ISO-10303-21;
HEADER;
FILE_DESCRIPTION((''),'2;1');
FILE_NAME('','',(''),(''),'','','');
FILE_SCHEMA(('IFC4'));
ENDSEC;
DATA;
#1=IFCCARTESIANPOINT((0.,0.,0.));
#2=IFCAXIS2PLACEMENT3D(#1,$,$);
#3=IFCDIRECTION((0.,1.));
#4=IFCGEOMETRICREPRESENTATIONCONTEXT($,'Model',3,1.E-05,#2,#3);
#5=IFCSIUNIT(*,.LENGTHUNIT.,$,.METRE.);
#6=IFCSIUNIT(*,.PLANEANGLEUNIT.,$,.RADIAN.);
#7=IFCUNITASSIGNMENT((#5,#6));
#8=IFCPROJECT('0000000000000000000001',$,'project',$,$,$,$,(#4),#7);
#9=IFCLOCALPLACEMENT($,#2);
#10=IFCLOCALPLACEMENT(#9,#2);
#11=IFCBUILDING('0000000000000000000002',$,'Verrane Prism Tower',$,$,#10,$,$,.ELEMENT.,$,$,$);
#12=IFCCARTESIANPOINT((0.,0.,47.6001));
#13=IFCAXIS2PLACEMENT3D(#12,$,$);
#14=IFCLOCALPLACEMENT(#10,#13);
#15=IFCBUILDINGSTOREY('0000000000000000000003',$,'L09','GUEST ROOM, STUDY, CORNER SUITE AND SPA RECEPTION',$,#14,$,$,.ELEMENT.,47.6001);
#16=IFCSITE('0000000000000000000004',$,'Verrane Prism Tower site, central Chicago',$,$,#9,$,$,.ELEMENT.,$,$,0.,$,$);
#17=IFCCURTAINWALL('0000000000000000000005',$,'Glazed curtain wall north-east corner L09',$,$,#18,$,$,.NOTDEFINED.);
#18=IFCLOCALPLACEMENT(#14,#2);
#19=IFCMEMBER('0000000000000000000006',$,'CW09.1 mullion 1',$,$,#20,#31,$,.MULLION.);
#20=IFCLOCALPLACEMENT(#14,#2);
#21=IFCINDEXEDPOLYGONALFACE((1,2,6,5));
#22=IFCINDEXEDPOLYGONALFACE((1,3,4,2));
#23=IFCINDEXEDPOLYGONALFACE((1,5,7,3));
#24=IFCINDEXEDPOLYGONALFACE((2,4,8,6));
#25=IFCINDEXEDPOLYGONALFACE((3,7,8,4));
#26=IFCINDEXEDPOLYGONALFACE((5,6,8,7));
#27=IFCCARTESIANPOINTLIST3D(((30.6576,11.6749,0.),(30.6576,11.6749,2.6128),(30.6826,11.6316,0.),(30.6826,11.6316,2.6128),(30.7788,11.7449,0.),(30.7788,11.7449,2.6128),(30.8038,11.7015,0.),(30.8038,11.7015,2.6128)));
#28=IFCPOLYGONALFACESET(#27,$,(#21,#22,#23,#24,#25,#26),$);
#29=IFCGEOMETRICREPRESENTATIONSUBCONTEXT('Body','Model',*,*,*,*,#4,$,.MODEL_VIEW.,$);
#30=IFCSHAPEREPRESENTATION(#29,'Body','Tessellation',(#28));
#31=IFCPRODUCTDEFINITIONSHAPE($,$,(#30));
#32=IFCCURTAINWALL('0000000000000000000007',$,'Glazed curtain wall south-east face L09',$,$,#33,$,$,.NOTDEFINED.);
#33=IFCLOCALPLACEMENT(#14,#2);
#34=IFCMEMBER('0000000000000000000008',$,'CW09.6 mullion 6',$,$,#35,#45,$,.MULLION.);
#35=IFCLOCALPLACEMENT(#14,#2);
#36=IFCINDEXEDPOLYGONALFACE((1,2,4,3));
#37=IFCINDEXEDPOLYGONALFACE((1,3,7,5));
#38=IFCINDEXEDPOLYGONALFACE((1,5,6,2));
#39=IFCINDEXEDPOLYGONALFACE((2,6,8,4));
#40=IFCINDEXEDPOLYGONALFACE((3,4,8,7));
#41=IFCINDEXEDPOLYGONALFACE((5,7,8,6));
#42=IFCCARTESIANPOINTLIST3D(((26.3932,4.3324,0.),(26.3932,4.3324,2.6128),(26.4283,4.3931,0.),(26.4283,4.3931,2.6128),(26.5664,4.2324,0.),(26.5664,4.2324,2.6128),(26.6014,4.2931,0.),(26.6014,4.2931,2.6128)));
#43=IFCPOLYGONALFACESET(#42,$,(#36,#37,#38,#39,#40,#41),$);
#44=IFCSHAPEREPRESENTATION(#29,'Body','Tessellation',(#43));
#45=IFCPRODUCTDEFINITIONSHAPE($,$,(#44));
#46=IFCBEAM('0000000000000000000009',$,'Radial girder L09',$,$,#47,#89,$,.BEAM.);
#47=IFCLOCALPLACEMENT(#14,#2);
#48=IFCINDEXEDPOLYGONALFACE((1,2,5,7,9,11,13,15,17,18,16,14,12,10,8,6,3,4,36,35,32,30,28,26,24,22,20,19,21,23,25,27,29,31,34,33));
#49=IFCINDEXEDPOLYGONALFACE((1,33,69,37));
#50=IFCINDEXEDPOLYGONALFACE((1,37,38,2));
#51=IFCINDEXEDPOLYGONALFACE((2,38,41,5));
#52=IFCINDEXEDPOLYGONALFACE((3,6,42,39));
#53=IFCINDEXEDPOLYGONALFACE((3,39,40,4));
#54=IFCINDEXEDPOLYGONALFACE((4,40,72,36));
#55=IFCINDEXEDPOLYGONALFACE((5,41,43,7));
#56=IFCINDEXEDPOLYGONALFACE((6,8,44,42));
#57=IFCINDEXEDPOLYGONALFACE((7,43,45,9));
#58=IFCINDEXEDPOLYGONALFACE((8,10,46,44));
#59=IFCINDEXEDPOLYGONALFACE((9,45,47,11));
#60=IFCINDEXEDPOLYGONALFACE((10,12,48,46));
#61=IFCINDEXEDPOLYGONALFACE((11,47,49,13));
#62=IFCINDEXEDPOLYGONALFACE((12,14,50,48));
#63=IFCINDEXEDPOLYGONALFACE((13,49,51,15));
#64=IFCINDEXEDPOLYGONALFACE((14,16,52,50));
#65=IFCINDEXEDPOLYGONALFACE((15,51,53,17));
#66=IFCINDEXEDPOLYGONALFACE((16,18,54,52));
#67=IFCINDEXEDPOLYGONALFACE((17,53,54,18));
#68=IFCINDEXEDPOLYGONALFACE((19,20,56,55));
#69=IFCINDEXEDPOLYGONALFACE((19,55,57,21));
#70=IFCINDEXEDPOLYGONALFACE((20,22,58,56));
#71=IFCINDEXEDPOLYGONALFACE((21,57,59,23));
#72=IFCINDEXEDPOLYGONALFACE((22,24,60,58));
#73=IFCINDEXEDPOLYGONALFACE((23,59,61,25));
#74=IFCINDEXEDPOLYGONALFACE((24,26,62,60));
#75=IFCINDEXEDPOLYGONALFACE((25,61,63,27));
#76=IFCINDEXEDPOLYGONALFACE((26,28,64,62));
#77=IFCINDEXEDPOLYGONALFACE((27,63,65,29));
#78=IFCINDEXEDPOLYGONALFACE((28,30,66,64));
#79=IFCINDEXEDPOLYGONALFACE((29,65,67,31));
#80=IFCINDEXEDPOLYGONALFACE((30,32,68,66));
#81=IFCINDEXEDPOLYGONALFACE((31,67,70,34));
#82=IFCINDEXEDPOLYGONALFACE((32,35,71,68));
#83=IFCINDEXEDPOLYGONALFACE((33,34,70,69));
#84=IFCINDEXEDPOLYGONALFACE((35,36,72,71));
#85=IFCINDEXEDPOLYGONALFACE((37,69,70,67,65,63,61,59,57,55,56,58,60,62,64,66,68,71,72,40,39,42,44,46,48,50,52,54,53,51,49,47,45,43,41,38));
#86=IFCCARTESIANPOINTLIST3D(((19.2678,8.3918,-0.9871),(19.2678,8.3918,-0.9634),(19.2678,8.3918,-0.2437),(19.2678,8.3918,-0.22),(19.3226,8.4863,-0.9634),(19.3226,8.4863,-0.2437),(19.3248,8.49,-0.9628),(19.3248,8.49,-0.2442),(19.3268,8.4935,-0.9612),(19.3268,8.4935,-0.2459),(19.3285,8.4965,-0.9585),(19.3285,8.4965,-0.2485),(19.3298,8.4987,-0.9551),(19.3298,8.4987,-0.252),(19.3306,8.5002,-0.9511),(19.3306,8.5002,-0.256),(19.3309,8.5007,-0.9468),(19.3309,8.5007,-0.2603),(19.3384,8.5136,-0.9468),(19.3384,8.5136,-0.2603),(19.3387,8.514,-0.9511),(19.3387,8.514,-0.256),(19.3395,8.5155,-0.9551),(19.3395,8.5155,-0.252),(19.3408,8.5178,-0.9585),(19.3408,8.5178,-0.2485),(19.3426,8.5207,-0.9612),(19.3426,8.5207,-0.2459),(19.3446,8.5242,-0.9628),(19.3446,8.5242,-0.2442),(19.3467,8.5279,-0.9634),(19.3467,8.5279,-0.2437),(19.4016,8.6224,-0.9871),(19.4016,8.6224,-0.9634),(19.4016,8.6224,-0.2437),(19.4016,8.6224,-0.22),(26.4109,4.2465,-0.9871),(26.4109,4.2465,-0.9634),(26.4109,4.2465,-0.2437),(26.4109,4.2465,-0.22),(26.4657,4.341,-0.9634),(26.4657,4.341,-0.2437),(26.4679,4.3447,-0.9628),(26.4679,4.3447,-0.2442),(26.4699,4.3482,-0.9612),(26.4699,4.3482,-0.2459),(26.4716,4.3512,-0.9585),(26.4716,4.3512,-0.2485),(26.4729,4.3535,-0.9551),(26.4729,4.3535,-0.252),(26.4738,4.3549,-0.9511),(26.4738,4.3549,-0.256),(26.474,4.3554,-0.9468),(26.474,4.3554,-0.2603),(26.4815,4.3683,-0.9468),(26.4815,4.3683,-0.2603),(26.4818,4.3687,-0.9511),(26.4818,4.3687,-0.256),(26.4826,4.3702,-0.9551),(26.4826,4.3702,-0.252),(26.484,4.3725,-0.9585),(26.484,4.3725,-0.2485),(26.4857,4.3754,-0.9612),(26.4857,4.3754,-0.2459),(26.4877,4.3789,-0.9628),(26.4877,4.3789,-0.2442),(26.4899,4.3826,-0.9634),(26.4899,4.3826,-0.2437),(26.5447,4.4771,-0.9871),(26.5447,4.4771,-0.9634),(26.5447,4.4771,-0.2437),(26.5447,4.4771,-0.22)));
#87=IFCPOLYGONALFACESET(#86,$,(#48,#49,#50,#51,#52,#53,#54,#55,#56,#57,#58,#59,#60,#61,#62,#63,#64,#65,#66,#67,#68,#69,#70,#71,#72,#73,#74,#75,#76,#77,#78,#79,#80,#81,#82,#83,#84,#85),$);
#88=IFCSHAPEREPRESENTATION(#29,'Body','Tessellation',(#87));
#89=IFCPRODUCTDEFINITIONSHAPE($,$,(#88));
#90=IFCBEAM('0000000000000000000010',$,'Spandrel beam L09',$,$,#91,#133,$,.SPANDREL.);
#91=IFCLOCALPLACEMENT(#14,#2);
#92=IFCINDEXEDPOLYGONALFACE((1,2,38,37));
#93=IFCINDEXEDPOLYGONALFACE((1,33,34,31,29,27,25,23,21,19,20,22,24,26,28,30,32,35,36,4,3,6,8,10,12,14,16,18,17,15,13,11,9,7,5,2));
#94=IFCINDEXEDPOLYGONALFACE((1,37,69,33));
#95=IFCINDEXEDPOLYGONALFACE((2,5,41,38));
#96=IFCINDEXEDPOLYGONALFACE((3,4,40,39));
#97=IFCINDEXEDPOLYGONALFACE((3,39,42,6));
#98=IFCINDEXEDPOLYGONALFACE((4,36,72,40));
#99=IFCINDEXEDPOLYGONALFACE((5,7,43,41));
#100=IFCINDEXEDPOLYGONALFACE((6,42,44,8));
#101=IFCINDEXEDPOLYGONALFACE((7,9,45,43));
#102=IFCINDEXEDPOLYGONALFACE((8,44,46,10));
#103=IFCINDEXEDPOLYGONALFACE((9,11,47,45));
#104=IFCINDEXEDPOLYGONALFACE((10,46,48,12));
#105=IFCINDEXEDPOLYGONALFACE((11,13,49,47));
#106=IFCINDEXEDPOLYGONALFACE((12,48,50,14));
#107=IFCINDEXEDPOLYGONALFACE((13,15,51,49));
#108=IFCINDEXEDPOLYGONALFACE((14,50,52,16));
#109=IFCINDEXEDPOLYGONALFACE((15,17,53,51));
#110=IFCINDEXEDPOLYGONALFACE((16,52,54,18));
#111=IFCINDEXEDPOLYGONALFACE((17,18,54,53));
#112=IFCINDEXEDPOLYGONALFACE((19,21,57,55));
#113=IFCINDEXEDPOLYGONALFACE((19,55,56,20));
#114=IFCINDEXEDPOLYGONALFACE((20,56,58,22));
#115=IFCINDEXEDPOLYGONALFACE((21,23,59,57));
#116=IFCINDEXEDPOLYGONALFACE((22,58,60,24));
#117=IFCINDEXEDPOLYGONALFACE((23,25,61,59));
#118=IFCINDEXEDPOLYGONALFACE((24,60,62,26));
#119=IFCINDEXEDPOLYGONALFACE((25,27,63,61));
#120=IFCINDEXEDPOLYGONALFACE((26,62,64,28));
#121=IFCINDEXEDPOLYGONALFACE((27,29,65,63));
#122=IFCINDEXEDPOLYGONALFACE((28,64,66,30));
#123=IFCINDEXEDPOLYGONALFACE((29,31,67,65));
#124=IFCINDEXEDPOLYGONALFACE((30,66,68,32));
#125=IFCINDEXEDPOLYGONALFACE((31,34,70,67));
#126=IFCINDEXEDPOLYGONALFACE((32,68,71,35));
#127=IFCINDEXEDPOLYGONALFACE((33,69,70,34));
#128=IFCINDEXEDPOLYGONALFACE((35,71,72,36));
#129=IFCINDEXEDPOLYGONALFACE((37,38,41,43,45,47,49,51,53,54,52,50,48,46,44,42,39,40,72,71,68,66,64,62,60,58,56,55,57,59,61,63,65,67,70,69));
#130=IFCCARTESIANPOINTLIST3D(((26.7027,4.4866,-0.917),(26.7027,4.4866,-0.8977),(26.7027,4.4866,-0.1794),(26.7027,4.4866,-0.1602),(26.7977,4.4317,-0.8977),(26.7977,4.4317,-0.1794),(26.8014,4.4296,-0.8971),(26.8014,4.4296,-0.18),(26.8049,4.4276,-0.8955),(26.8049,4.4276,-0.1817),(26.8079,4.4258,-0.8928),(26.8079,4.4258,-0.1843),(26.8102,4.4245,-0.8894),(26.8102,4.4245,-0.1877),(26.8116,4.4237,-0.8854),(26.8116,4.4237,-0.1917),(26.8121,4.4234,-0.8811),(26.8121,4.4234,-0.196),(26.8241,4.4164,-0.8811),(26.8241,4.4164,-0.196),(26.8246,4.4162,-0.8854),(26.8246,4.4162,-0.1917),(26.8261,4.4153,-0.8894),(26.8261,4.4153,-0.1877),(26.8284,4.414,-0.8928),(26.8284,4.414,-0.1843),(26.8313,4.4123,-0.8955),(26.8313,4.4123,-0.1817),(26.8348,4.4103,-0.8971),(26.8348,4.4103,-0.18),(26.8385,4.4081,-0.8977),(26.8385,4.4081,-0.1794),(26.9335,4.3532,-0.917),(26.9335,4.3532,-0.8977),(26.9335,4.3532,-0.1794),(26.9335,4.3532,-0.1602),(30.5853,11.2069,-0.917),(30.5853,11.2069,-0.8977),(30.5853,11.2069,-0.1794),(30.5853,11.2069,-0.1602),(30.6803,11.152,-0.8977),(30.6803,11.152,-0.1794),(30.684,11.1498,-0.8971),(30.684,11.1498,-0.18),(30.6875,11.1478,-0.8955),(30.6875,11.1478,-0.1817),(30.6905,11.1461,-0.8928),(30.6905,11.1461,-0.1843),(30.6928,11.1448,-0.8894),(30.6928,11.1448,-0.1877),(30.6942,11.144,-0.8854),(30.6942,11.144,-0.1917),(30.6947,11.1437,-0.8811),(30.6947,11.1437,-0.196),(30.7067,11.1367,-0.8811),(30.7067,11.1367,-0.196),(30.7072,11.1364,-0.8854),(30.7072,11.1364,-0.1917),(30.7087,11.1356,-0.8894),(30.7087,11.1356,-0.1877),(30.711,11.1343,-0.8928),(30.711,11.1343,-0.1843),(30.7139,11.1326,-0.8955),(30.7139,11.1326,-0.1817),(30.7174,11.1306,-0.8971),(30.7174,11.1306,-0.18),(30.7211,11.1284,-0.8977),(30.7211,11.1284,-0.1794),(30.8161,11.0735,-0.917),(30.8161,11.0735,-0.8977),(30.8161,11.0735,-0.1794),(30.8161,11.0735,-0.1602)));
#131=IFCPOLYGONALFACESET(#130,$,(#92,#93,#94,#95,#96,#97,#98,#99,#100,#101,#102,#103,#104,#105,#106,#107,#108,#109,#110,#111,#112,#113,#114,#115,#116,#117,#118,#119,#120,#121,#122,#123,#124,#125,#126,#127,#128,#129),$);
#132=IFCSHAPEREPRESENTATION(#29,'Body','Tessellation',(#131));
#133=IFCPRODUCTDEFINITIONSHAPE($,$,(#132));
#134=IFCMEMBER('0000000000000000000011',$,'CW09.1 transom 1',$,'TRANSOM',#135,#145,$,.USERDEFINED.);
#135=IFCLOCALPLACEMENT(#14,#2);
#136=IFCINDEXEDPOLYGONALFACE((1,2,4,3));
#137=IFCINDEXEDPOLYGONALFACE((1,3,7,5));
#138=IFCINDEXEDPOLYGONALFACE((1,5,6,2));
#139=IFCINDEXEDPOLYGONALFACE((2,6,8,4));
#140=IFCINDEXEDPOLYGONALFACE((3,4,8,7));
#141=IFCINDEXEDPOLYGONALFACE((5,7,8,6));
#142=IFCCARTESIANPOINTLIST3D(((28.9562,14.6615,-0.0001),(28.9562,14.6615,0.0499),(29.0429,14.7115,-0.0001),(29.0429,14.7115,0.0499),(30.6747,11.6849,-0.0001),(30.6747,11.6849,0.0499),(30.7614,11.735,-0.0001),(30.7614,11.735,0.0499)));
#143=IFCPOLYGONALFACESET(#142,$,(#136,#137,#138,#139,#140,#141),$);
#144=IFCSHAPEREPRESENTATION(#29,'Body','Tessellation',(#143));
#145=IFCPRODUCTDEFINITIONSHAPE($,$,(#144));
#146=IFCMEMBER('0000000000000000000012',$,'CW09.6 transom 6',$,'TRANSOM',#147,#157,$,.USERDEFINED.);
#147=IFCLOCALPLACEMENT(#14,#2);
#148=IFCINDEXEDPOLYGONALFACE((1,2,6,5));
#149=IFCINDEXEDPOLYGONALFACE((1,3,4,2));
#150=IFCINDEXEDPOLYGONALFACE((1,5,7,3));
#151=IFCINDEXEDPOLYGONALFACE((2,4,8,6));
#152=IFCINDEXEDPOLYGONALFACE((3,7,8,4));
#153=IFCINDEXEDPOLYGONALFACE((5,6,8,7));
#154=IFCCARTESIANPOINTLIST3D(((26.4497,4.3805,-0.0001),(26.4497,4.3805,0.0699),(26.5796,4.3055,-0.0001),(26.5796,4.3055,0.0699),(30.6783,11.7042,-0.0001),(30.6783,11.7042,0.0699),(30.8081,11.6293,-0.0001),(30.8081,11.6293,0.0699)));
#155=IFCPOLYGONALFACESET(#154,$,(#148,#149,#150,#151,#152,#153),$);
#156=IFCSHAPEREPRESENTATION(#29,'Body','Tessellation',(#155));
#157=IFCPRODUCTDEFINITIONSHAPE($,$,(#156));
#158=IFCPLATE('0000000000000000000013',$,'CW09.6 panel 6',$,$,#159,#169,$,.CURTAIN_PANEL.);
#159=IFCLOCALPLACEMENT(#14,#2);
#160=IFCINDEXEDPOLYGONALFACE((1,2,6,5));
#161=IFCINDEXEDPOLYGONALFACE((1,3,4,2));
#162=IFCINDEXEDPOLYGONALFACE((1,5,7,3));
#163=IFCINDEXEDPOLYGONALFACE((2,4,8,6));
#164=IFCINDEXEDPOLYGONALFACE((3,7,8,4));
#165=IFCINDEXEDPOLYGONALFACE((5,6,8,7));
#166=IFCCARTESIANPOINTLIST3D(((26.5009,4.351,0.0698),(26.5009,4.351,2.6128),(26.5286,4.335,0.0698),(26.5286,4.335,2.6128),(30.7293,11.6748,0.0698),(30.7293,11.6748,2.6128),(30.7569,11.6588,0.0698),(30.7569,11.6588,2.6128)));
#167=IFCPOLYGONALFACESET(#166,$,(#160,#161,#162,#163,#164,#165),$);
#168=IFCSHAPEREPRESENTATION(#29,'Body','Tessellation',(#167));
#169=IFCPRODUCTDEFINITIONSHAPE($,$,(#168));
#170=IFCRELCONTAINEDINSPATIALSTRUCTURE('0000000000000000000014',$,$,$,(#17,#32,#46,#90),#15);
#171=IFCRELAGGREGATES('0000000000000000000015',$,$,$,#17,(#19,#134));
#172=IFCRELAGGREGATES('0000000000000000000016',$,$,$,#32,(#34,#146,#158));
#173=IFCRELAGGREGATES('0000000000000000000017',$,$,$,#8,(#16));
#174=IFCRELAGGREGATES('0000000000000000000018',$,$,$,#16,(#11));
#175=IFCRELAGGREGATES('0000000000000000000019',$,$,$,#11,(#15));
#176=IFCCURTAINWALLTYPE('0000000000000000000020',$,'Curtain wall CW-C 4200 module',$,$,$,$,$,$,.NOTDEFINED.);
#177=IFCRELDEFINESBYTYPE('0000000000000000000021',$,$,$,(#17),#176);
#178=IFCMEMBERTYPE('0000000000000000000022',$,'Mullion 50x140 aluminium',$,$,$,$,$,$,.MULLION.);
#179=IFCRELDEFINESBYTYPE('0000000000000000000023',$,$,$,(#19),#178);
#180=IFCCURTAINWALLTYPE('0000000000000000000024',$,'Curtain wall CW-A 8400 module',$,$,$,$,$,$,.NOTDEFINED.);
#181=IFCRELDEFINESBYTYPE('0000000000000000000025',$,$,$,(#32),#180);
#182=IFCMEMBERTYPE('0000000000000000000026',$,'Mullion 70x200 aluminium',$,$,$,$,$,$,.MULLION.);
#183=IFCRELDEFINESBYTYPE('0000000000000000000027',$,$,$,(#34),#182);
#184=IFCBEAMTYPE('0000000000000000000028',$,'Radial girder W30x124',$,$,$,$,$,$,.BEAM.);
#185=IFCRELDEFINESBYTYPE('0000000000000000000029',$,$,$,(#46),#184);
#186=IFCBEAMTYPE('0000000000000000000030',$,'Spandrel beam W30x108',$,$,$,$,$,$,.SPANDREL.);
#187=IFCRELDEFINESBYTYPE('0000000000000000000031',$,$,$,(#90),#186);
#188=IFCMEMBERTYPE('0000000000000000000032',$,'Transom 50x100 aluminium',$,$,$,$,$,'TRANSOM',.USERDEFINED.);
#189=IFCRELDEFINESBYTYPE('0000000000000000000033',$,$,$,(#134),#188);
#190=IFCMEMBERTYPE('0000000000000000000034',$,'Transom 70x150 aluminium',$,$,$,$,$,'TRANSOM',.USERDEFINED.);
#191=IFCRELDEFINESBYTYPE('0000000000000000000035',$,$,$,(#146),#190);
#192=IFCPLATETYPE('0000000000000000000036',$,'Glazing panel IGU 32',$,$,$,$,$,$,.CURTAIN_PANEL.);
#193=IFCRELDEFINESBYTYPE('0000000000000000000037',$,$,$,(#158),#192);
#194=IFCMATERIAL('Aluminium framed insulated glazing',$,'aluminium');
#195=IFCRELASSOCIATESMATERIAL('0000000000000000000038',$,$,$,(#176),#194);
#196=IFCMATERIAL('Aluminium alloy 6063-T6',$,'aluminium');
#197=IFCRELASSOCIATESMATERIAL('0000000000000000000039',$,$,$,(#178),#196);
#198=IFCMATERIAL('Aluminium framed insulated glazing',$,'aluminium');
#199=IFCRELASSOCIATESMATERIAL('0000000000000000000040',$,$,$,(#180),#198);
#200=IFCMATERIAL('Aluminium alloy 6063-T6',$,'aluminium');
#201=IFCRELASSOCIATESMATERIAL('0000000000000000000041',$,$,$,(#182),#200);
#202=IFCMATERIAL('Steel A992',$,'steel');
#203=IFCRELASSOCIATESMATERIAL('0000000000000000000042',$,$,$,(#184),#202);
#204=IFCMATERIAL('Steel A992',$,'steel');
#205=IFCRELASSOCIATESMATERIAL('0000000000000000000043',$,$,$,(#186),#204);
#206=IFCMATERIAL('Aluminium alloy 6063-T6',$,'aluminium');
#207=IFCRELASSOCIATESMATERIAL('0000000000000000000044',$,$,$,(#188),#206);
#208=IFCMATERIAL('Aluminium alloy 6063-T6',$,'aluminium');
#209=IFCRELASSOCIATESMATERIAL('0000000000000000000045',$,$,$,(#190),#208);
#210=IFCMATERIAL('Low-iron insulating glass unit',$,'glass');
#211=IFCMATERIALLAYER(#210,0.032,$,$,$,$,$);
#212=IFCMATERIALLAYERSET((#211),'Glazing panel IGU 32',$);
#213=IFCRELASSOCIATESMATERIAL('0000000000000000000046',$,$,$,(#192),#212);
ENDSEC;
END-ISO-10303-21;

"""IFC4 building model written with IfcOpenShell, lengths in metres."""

from ifc_helpers import new_model, si_unit, direction, frame, origin, origin_2d, place, context, subcontext, project, spatial, rectangle, i_section, extrude, material, layer, layer_set, material_profile, profile_set, type_object, element, aggregate, save


model = new_model("IFC4")

# Units and contexts
model_context = context("Model", 3, precision=1e-05, world=origin(), true_north=direction((0.0, 1.0)))
body_context = subcontext(model_context, "Body", "Model", "MODEL_VIEW")
ifc_project = project(units=[si_unit("LENGTHUNIT", "METRE"), si_unit("PLANEANGLEUNIT", "RADIAN")], contexts=[model_context])

# Site, building, storey
site_placement = place(None, origin())
site = spatial("IfcSite", under=ifc_project, at=site_placement, Name="Verrane Prism Tower site, central Chicago", CompositionType="ELEMENT", RefElevation=0.0)
building_placement = place(site_placement, origin())
building = spatial("IfcBuilding", under=site, at=building_placement, Name="Verrane Prism Tower", CompositionType="ELEMENT")
storey_placement = place(building_placement, frame((0.0, 0.0, 47.6001)))
storey = spatial("IfcBuildingStorey", under=building, at=storey_placement, Name="L09", Description="GUEST ROOM, STUDY, CORNER SUITE AND SPA RECEPTION", CompositionType="ELEMENT", Elevation=47.6001)

# Curtain walls, members
ifc_material_1 = material(Name="Aluminium framed insulated glazing", Category="aluminium")
curtain_wall_type_1 = type_object("IfcCurtainWallType", Name="Curtain wall CW-C 4200 module", PredefinedType="NOTDEFINED", material=ifc_material_1)
curtain_wall_1_placement = place(storey_placement, origin())
curtain_wall_1 = element("IfcCurtainWall", 1, at=curtain_wall_1_placement, inside=storey, type_object=curtain_wall_type_1, Name="Glazed curtain wall north-east corner L09", PredefinedType="NOTDEFINED")
ifc_material_2 = material(Name="Aluminium alloy 6063-T6", Category="aluminium")
ifc_material_profile_1 = material_profile(ifc_material_2, rectangle(XDim=0.1399, YDim=0.05, at=origin_2d()), Name="Mullion 50x140 aluminium")
ifc_profile_set_1 = profile_set([ifc_material_profile_1], Name="Aluminium alloy 6063-T6")
member_type_1 = type_object("IfcMemberType", Name="Mullion 50x140 aluminium", PredefinedType="MULLION", material=ifc_profile_set_1)
member_1_placement = place(storey_placement, frame((30.7307, 11.6882, 0.0), z_axis=(0.0, 0.0, 1.0), x_axis=(-0.866026, -0.499999, 0.0)))
member_1 = element("IfcMember", 2, at=member_1_placement, type_object=member_type_1, Name="CW09.1 mullion 1", PredefinedType="MULLION", context=body_context, shape_type="SweptSolid", body=[
    extrude(rectangle(XDim=0.1399, YDim=0.05, at=origin_2d()), origin(), (0.0, 0.0, 1.0), 2.6128),
])
ifc_material_3 = material(Name="Aluminium framed insulated glazing", Category="aluminium")
curtain_wall_type_2 = type_object("IfcCurtainWallType", Name="Curtain wall CW-A 8400 module", PredefinedType="NOTDEFINED", material=ifc_material_3)
curtain_wall_2_placement = place(storey_placement, origin())
curtain_wall_2 = element("IfcCurtainWall", 3, at=curtain_wall_2_placement, inside=storey, type_object=curtain_wall_type_2, Name="Glazed curtain wall south-east face L09", PredefinedType="NOTDEFINED")
ifc_material_4 = material(Name="Aluminium alloy 6063-T6", Category="aluminium")
ifc_material_profile_2 = material_profile(ifc_material_4, rectangle(XDim=0.2, YDim=0.0701, at=origin_2d()), Name="Mullion 70x200 aluminium")
ifc_profile_set_2 = profile_set([ifc_material_profile_2], Name="Aluminium alloy 6063-T6")
member_type_2 = type_object("IfcMemberType", Name="Mullion 70x200 aluminium", PredefinedType="MULLION", material=ifc_profile_set_2)
member_2_placement = place(storey_placement, frame((26.4973, 4.3127, 0.0), z_axis=(0.0, 0.0, 1.0), x_axis=(-0.866026, 0.499999, 0.0)))
member_2 = element("IfcMember", 4, at=member_2_placement, type_object=member_type_2, Name="CW09.6 mullion 6", PredefinedType="MULLION", context=body_context, shape_type="SweptSolid", body=[
    extrude(rectangle(XDim=0.2, YDim=0.0701, at=origin_2d()), origin(), (0.0, 0.0, 1.0), 2.6128),
])

# Beams
ifc_material_5 = material(Name="Steel A992", Category="steel")
ifc_material_profile_3 = material_profile(ifc_material_5, i_section(OverallWidth=0.2666, OverallDepth=0.7671, WebThickness=0.0149, FlangeThickness=0.0237, FilletRadius=0.0166, at=origin_2d()), Name="W30x124")
ifc_profile_set_3 = profile_set([ifc_material_profile_3], Name="Steel A992")
beam_type_1 = type_object("IfcBeamType", Name="Radial girder W30x124", PredefinedType="BEAM", material=ifc_profile_set_3)
beam_1_placement = place(storey_placement, frame((26.4778, 4.3618, -0.6035), z_axis=(-0.864911, 0.501925, 0.0), x_axis=(-0.501925, -0.864911, 0.0)))
element("IfcBeam", 5, at=beam_1_placement, inside=storey, type_object=beam_type_1, Name="Radial girder L09", PredefinedType="BEAM", context=body_context, shape_type="SweptSolid", body=[
    extrude(i_section(OverallWidth=0.2666, OverallDepth=0.7671, WebThickness=0.0149, FlangeThickness=0.0237, FilletRadius=0.0166, at=origin_2d()), origin(), (0.0, 0.0, 1.0), 8.2588),
])
ifc_material_6 = material(Name="Steel A992", Category="steel")
ifc_material_profile_4 = material_profile(ifc_material_6, i_section(OverallWidth=0.2666, OverallDepth=0.7568, WebThickness=0.0139, FlangeThickness=0.0193, FilletRadius=0.0166, at=origin_2d()), Name="W30x108")
ifc_profile_set_4 = profile_set([ifc_material_profile_4], Name="Steel A992")
beam_type_2 = type_object("IfcBeamType", Name="Spandrel beam W30x108", PredefinedType="SPANDREL", material=ifc_profile_set_4)
beam_2_placement = place(storey_placement, frame((26.8181, 4.4199, -0.5386), z_axis=(0.500256, 0.865877, 0.0), x_axis=(-0.865877, 0.500256, 0.0)))
element("IfcBeam", 6, at=beam_2_placement, inside=storey, type_object=beam_type_2, Name="Spandrel beam L09", PredefinedType="SPANDREL", context=body_context, shape_type="SweptSolid", body=[
    extrude(i_section(OverallWidth=0.2666, OverallDepth=0.7568, WebThickness=0.0139, FlangeThickness=0.0193, FilletRadius=0.0166, at=origin_2d()), origin(), (0.0, 0.0, 1.0), 7.7612),
])

# Members
ifc_material_7 = material(Name="Aluminium alloy 6063-T6", Category="aluminium")
ifc_material_profile_5 = material_profile(ifc_material_7, rectangle(XDim=0.1001, YDim=0.05, at=origin_2d()), Name="Transom 50x100 aluminium")
ifc_profile_set_5 = profile_set([ifc_material_profile_5], Name="Aluminium alloy 6063-T6")
member_type_3 = type_object("IfcMemberType", Name="Transom 50x100 aluminium", ElementType="TRANSOM", PredefinedType="USERDEFINED", material=ifc_profile_set_5)
member_3_placement = place(storey_placement, frame((30.718, 11.71, 0.0249), z_axis=(-0.499997, 0.866027, 0.0), x_axis=(-0.866027, -0.499997, 0.0)))
member_3 = element("IfcMember", 7, at=member_3_placement, type_object=member_type_3, Name="CW09.1 transom 1", ObjectType="TRANSOM", PredefinedType="USERDEFINED", context=body_context, shape_type="SweptSolid", body=[
    extrude(rectangle(XDim=0.1001, YDim=0.05, at=origin_2d()), origin(), (0.0, 0.0, 1.0), 3.437),
])
aggregate(curtain_wall_1, [member_1, member_3])
ifc_material_8 = material(Name="Aluminium alloy 6063-T6", Category="aluminium")
ifc_material_profile_6 = material_profile(ifc_material_8, rectangle(XDim=0.1499, YDim=0.0701, at=origin_2d()), Name="Transom 70x150 aluminium")
ifc_profile_set_6 = profile_set([ifc_material_profile_6], Name="Aluminium alloy 6063-T6")
member_type_4 = type_object("IfcMemberType", Name="Transom 70x150 aluminium", ElementType="TRANSOM", PredefinedType="USERDEFINED", material=ifc_profile_set_6)
member_4_placement = place(storey_placement, frame((26.5146, 4.343, 0.0349), z_axis=(0.500014, 0.866017, 0.0), x_axis=(-0.866017, 0.500014, 0.0)))
member_4 = element("IfcMember", 8, at=member_4_placement, type_object=member_type_4, Name="CW09.6 transom 6", ObjectType="TRANSOM", PredefinedType="USERDEFINED", context=body_context, shape_type="SweptSolid", body=[
    extrude(rectangle(XDim=0.1499, YDim=0.0701, at=origin_2d()), origin(), (0.0, 0.0, 1.0), 8.4568),
])

# Plate
ifc_material_9 = material(Name="Low-iron insulating glass unit", Category="glass")
ifc_layer_1 = layer(ifc_material_9, 0.032)
ifc_layer_set_1 = layer_set([ifc_layer_1], Name="Glazing panel IGU 32")
plate_type = type_object("IfcPlateType", Name="Glazing panel IGU 32", PredefinedType="CURTAIN_PANEL", material=ifc_layer_set_1)
plate_placement = place(storey_placement, frame((28.6289, 8.0049, 0.0698), z_axis=(0.0, 0.0, 1.0), x_axis=(0.499999, 0.866026, 0.0)))
plate = element("IfcPlate", 9, at=plate_placement, type_object=plate_type, Name="CW09.6 panel 6", PredefinedType="CURTAIN_PANEL", context=body_context, shape_type="SweptSolid", body=[
    extrude(rectangle(XDim=8.4568, YDim=0.032, at=origin_2d()), origin(), (0.0, 0.0, 1.0), 2.543),
])
aggregate(curtain_wall_2, [member_2, member_4, plate])

save(model, "model.ifc")
